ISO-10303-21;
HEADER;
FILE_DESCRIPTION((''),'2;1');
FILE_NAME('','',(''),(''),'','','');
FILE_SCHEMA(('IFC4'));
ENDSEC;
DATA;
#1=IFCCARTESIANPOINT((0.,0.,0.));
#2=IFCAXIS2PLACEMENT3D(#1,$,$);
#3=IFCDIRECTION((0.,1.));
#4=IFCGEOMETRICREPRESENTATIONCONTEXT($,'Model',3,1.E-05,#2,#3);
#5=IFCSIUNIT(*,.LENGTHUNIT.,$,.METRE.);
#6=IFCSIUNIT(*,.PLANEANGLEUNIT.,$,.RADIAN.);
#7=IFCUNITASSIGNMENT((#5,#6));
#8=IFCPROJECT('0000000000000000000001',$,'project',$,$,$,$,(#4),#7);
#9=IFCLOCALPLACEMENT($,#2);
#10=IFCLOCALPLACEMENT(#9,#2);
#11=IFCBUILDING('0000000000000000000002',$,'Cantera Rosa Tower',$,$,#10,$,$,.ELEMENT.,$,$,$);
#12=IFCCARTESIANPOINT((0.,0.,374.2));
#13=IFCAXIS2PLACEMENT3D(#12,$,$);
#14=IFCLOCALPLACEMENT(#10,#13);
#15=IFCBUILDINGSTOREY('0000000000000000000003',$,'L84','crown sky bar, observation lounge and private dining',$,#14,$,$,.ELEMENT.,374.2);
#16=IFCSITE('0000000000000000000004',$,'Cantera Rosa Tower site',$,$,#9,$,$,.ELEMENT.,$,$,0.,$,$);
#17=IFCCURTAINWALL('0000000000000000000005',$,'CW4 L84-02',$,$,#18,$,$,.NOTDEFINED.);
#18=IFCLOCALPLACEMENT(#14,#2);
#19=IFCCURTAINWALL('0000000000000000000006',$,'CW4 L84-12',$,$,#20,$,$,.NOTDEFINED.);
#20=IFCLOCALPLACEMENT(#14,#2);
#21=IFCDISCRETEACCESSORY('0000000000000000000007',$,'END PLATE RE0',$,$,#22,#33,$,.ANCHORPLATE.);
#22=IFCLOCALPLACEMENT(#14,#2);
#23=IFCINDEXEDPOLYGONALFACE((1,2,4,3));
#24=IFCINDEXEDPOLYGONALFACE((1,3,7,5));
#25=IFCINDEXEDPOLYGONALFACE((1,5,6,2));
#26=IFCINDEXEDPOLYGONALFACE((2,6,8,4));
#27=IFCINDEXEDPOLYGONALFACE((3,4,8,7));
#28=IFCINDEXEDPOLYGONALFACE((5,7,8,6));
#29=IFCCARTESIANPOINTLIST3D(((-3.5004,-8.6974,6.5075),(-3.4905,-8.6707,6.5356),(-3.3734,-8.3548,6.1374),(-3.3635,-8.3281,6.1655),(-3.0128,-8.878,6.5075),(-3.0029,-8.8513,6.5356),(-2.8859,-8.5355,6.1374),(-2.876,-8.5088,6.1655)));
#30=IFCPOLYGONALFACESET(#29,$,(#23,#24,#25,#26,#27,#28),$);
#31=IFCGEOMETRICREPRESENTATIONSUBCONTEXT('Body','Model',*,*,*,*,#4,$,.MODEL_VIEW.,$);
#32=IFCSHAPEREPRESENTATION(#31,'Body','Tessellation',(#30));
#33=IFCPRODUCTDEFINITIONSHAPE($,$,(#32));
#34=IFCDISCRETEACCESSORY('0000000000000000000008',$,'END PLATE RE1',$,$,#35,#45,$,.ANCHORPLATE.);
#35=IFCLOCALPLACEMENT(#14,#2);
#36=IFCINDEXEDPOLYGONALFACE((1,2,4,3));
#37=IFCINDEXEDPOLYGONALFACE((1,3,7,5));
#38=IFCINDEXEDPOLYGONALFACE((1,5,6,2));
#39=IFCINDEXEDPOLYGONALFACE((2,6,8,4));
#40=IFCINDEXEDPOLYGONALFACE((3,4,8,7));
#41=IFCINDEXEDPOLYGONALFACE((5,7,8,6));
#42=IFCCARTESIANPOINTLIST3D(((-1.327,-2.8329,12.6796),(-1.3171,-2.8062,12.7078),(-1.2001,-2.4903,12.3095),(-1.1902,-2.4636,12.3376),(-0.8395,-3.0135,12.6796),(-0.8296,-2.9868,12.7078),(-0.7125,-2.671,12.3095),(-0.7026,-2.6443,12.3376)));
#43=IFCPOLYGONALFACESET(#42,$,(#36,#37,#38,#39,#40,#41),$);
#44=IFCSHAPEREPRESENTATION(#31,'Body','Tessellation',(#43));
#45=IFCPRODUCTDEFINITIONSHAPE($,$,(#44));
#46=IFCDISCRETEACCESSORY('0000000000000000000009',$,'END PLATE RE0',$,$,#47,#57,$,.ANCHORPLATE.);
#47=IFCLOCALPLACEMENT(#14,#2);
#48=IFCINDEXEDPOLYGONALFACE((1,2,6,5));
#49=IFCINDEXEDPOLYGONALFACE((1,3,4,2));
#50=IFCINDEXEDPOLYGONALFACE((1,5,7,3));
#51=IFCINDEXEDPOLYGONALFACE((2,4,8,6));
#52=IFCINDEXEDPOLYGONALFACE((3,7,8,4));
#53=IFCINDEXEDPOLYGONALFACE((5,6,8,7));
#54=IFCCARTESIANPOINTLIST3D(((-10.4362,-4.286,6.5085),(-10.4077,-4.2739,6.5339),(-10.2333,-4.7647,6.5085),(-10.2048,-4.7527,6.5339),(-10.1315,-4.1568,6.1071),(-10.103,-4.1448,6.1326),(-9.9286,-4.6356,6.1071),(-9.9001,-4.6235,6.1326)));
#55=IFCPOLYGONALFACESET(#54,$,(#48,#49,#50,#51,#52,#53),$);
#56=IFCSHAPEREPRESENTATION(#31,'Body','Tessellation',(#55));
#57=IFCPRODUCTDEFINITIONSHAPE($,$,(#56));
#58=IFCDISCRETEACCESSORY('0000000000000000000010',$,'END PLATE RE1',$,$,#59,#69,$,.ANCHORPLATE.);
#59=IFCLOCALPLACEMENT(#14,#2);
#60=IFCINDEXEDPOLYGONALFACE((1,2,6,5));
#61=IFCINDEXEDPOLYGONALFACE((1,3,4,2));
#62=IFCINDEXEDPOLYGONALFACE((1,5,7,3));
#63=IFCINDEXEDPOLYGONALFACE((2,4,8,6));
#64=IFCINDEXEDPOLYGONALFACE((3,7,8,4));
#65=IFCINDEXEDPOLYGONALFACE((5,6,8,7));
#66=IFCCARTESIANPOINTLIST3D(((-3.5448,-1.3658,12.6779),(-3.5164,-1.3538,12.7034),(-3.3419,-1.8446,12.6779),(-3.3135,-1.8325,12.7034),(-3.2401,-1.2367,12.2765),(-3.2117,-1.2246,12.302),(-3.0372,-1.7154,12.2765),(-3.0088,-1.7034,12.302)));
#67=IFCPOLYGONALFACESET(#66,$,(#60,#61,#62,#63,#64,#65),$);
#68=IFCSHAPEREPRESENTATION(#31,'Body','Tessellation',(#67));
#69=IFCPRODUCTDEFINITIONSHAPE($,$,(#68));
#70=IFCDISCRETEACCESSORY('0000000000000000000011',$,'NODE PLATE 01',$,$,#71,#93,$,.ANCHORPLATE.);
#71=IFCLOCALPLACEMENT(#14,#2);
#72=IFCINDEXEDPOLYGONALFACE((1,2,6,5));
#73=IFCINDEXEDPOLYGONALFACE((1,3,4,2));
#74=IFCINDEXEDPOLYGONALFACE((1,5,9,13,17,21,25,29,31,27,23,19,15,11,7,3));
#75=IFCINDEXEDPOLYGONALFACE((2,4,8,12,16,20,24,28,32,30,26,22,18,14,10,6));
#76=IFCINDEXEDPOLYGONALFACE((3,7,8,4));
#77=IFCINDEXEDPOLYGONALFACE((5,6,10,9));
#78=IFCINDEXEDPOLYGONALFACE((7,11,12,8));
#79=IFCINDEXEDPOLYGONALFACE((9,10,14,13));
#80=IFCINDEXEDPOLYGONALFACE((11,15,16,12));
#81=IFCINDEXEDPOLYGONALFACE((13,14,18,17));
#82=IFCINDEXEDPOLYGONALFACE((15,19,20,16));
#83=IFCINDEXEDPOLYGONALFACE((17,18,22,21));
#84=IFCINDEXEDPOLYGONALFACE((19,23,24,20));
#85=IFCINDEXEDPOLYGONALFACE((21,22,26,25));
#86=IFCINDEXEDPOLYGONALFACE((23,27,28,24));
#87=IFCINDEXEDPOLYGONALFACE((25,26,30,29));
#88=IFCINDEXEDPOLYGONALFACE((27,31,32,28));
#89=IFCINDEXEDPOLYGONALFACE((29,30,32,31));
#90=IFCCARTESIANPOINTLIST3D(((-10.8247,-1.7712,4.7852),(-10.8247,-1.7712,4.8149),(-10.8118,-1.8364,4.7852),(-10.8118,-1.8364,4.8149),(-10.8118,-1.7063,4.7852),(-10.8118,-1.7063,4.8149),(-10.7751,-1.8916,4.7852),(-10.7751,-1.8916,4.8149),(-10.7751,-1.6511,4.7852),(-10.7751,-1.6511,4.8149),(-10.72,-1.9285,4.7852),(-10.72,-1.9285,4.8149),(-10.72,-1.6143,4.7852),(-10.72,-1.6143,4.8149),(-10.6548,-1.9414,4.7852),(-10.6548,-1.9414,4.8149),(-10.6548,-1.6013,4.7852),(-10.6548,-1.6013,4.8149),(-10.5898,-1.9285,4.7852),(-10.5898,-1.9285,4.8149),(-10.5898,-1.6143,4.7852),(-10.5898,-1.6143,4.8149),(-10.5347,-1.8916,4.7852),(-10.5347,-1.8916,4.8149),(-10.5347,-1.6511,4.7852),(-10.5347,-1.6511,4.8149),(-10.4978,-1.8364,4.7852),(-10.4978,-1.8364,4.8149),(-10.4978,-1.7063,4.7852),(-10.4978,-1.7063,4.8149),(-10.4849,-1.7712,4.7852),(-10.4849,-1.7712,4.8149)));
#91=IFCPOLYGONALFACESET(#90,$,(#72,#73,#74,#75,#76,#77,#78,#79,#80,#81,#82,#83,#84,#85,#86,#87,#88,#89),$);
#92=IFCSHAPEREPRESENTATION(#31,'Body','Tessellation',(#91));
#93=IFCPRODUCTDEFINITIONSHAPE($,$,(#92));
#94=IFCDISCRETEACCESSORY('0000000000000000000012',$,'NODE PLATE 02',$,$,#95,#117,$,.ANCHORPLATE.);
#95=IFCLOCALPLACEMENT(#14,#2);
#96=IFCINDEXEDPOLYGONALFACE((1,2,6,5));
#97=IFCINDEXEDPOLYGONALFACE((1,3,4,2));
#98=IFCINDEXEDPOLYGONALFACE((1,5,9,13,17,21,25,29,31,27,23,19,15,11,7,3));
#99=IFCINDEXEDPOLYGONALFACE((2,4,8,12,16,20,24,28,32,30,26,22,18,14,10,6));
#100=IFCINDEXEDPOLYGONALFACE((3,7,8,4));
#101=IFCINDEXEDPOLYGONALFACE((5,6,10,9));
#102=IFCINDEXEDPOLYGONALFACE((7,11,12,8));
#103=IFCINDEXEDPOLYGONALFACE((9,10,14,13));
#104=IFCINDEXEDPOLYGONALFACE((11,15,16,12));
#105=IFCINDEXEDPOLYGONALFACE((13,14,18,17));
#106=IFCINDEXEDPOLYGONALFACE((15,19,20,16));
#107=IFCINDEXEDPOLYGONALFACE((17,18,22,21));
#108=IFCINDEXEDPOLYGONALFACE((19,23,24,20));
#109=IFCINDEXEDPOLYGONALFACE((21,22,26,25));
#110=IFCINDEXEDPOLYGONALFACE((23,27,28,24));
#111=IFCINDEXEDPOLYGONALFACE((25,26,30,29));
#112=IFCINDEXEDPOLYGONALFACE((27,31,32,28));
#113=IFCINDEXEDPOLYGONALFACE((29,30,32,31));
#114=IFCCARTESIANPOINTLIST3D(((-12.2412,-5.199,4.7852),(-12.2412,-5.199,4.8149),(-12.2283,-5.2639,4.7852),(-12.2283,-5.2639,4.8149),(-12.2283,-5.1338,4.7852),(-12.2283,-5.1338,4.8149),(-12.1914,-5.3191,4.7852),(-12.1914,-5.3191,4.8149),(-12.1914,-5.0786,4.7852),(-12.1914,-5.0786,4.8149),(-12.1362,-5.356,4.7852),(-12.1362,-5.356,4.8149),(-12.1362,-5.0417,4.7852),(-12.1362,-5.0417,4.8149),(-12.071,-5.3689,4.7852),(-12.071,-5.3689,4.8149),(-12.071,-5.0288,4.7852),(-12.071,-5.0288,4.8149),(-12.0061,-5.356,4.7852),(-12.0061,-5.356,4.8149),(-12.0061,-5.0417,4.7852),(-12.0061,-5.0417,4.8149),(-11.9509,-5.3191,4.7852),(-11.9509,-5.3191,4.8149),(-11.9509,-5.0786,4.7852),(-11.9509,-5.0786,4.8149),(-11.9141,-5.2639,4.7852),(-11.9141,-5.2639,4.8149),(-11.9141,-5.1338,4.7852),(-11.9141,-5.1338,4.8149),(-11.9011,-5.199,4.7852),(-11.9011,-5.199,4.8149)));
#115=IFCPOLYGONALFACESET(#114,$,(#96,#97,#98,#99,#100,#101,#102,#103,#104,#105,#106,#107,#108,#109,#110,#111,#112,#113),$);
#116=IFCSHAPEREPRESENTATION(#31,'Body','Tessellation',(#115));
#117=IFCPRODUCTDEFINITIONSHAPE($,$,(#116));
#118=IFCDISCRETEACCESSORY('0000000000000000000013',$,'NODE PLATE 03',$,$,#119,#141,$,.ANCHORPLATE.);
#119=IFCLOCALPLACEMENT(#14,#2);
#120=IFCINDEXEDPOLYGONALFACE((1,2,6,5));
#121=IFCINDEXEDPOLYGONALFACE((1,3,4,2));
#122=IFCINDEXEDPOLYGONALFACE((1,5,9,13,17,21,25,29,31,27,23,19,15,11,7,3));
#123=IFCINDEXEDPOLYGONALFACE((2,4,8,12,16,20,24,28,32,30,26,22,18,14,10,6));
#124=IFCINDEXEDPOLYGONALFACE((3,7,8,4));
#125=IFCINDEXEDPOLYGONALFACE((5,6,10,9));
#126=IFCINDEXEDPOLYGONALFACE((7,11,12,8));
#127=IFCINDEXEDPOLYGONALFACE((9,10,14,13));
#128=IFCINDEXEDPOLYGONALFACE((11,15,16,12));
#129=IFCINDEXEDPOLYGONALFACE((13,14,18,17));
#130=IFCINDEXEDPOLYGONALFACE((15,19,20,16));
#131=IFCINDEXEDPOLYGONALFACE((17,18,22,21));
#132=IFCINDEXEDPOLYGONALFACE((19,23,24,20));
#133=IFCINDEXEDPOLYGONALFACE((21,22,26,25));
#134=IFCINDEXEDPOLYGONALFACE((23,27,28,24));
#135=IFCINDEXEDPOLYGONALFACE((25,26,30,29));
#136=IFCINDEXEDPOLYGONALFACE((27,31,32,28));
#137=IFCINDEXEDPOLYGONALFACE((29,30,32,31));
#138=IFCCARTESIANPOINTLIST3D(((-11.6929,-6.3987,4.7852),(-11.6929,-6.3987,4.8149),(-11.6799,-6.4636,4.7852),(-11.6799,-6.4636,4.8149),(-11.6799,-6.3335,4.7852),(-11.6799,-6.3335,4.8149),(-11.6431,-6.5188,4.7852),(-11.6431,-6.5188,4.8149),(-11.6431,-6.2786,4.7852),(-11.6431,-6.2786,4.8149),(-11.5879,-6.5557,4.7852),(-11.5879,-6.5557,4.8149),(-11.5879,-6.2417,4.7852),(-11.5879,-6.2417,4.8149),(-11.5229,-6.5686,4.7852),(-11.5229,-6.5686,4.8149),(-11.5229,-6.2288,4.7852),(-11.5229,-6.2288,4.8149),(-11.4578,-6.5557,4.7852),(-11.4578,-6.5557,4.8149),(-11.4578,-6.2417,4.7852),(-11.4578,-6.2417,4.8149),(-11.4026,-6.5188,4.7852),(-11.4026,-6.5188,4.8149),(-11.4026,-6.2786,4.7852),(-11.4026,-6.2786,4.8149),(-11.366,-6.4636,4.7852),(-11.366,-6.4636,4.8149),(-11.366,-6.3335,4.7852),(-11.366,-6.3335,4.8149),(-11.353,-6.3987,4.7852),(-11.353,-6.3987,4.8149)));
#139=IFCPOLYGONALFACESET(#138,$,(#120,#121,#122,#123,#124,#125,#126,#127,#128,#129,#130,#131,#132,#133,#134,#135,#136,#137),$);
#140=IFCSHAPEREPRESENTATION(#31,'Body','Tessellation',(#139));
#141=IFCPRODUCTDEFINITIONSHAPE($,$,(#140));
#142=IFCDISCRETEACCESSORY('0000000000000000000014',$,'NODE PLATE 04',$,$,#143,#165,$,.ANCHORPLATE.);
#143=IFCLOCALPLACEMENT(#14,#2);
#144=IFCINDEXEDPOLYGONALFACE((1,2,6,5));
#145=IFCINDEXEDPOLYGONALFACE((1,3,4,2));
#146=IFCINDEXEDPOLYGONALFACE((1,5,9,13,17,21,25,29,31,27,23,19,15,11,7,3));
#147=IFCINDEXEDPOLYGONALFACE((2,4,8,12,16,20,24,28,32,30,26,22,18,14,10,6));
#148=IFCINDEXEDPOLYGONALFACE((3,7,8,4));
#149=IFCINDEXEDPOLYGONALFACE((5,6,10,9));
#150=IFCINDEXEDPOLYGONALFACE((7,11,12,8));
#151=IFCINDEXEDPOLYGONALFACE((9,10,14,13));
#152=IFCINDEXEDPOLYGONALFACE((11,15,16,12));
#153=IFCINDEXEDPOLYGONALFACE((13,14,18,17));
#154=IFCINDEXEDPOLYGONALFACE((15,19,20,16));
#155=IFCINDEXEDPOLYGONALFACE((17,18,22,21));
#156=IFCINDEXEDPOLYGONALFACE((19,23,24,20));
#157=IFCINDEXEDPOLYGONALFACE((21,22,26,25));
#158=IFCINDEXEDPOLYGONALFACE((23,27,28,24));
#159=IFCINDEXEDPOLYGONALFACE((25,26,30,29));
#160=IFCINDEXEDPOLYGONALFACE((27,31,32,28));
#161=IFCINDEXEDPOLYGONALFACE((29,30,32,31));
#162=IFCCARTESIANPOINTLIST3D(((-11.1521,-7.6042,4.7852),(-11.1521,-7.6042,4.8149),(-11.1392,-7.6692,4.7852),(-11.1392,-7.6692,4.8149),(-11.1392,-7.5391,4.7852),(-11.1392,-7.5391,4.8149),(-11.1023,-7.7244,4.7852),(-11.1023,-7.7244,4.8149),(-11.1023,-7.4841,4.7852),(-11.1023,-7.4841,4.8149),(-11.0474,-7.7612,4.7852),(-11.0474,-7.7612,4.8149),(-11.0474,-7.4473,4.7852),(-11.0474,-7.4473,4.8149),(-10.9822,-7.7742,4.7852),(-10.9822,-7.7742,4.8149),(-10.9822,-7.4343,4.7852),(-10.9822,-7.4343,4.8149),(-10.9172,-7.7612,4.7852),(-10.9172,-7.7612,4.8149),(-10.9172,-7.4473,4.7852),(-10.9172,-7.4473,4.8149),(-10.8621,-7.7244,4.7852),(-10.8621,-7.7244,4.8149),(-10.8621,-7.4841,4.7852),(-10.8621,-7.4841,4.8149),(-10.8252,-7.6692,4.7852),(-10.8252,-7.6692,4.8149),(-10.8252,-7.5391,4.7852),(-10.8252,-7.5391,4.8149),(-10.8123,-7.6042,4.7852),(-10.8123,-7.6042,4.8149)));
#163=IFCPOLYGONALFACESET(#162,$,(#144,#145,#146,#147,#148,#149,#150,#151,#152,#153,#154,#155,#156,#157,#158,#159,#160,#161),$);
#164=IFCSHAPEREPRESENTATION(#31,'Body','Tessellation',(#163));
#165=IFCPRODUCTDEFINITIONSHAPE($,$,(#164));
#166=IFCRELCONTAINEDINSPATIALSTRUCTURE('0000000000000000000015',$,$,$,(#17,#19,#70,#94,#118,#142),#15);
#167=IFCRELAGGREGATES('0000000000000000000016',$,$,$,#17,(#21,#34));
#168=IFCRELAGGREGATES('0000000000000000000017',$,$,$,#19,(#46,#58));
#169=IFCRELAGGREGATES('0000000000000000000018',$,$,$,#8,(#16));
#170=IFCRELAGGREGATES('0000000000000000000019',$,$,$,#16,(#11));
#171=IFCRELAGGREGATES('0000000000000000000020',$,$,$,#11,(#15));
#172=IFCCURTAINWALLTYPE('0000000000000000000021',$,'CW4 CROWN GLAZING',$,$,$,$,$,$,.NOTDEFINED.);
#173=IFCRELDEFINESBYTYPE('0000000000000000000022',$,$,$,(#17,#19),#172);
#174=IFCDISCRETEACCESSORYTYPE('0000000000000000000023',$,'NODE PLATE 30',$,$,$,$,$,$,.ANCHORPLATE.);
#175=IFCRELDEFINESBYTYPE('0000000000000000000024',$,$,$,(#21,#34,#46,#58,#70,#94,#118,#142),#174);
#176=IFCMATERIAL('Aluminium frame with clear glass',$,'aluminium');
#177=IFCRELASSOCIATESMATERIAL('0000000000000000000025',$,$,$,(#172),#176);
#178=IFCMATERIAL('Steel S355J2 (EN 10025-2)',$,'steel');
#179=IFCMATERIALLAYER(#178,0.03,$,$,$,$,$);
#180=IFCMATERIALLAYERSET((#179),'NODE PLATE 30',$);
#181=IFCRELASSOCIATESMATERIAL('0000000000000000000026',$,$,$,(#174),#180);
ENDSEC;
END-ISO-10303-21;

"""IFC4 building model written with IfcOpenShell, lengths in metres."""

from ifc_helpers import new_model, si_unit, direction, frame, origin, place, context, subcontext, project, spatial, polyline, outline, extrude, material, layer, layer_set, type_object, element, aggregate, save


model = new_model("IFC4")

# Units and contexts
model_context = context("Model", 3, precision=1e-05, world=origin(), true_north=direction((0.0, 1.0)))
body_context = subcontext(model_context, "Body", "Model", "MODEL_VIEW")
ifc_project = project(units=[si_unit("LENGTHUNIT", "METRE"), si_unit("PLANEANGLEUNIT", "RADIAN")], contexts=[model_context])

# Site, building, storey
site_placement = place(None, origin())
site = spatial("IfcSite", under=ifc_project, at=site_placement, Name="Cantera Rosa Tower site", CompositionType="ELEMENT", RefElevation=0.0)
building_placement = place(site_placement, origin())
building = spatial("IfcBuilding", under=site, at=building_placement, Name="Cantera Rosa Tower", CompositionType="ELEMENT")
storey_placement = place(building_placement, frame((0.0, 0.0, 374.2)))
storey = spatial("IfcBuildingStorey", under=building, at=storey_placement, Name="L84", Description="crown sky bar, observation lounge and private dining", CompositionType="ELEMENT", Elevation=374.2)

# Curtain walls
ifc_material_1 = material(Name="Aluminium frame with clear glass", Category="aluminium")
curtain_wall_type = type_object("IfcCurtainWallType", Name="CW4 CROWN GLAZING", PredefinedType="NOTDEFINED", material=ifc_material_1)
curtain_wall_1_placement = place(storey_placement, origin())
curtain_wall_1 = element("IfcCurtainWall", 1, at=curtain_wall_1_placement, inside=storey, type_object=curtain_wall_type, Name="CW4 L84-02", PredefinedType="NOTDEFINED")
curtain_wall_2_placement = place(storey_placement, origin())
curtain_wall_2 = element("IfcCurtainWall", 2, at=curtain_wall_2_placement, inside=storey, type_object=curtain_wall_type, Name="CW4 L84-12", PredefinedType="NOTDEFINED")

# Discrete accessories
ifc_material_2 = material(Name="Steel S355J2 (EN 10025-2)", Category="steel")
ifc_layer_1 = layer(ifc_material_2, 0.03)
ifc_layer_set_1 = layer_set([ifc_layer_1], Name="NODE PLATE 30")
discrete_accessory_type = type_object("IfcDiscreteAccessoryType", Name="NODE PLATE 30", PredefinedType="ANCHORPLATE", material=ifc_layer_set_1)
discrete_accessory_1_placement = place(storey_placement, frame((-3.0029, -8.8513, 6.5356), z_axis=(0.247301, 0.667378, 0.702459), x_axis=(-0.937692, 0.347467, 0.0)))
discrete_accessory_1 = element("IfcDiscreteAccessory", 3, at=discrete_accessory_1_placement, type_object=discrete_accessory_type, Name="END PLATE RE0", PredefinedType="ANCHORPLATE", context=body_context, shape_type="SweptSolid", body=[
    extrude(outline(polyline([(0.0, 0.0), (0.5199, 0.0), (0.5199, -0.52), (0.0, -0.52), (0.0, 0.0)])), origin(), (0.0, 0.0, -1.0), 0.04),
])
discrete_accessory_2_placement = place(storey_placement, frame((-1.3171, -2.8062, 12.7078), z_axis=(0.247301, 0.667378, 0.702459), x_axis=(0.937692, -0.347467, 0.0)))
discrete_accessory_2 = element("IfcDiscreteAccessory", 4, at=discrete_accessory_2_placement, type_object=discrete_accessory_type, Name="END PLATE RE1", PredefinedType="ANCHORPLATE", context=body_context, shape_type="SweptSolid", body=[
    extrude(outline(polyline([(0.0, 0.0), (0.5199, 0.0), (0.52, 0.52), (0.0, 0.52), (0.0, 0.0)])), origin(), (0.0, 0.0, -1.0), 0.04),
])
aggregate(curtain_wall_1, [discrete_accessory_1, discrete_accessory_2])
discrete_accessory_3_placement = place(storey_placement, frame((-10.2048, -4.7527, 6.5339), z_axis=(0.710407, 0.301044, 0.636156), x_axis=(-0.390176, 0.92074, 0.0)))
discrete_accessory_3 = element("IfcDiscreteAccessory", 5, at=discrete_accessory_3_placement, type_object=discrete_accessory_type, Name="END PLATE RE0", PredefinedType="ANCHORPLATE", context=body_context, shape_type="SweptSolid", body=[
    extrude(outline(polyline([(0.0, 0.0), (0.52, 0.0), (0.52, -0.5202), (0.0, -0.5202), (0.0, 0.0)])), origin(), (0.0, 0.0, -1.0), 0.04),
])
discrete_accessory_4_placement = place(storey_placement, frame((-3.5164, -1.3538, 12.7034), z_axis=(0.710407, 0.301044, 0.636156), x_axis=(0.390176, -0.92074, 0.0)))
discrete_accessory_4 = element("IfcDiscreteAccessory", 6, at=discrete_accessory_4_placement, type_object=discrete_accessory_type, Name="END PLATE RE1", PredefinedType="ANCHORPLATE", context=body_context, shape_type="SweptSolid", body=[
    extrude(outline(polyline([(0.0, 0.0), (0.52, 0.0), (0.5199, 0.5202), (0.0, 0.5202), (0.0, 0.0)])), origin(), (0.0, 0.0, -1.0), 0.04),
])
aggregate(curtain_wall_2, [discrete_accessory_3, discrete_accessory_4])

# Discrete accessories
discrete_accessory_5_placement = place(storey_placement, frame((0.0, 0.0, 4.7852)))
element("IfcDiscreteAccessory", 7, at=discrete_accessory_5_placement, inside=storey, type_object=discrete_accessory_type, Name="NODE PLATE 01", PredefinedType="ANCHORPLATE", context=body_context, shape_type="SweptSolid", body=[
    extrude(outline(polyline([(-10.4849, -1.7712), (-10.4978, -1.7063), (-10.5347, -1.6511), (-10.5898, -1.6143), (-10.6548, -1.6013), (-10.72, -1.6143), (-10.7751, -1.6511), (-10.8118, -1.7063), (-10.8247, -1.7712), (-10.8118, -1.8364), (-10.7751, -1.8916), (-10.72, -1.9285), (-10.6548, -1.9414), (-10.5898, -1.9285), (-10.5347, -1.8916), (-10.4978, -1.8364), (-10.4849, -1.7712)])), origin(), (0.0, 0.0, 1.0), 0.0298),
])
discrete_accessory_6_placement = place(storey_placement, frame((0.0, 0.0, 4.7852)))
element("IfcDiscreteAccessory", 8, at=discrete_accessory_6_placement, inside=storey, type_object=discrete_accessory_type, Name="NODE PLATE 02", PredefinedType="ANCHORPLATE", context=body_context, shape_type="SweptSolid", body=[
    extrude(outline(polyline([(-11.9011, -5.199), (-11.9141, -5.1338), (-11.9509, -5.0786), (-12.0061, -5.0417), (-12.071, -5.0288), (-12.1362, -5.0417), (-12.1914, -5.0786), (-12.2283, -5.1338), (-12.2412, -5.199), (-12.2283, -5.2639), (-12.1914, -5.3191), (-12.1362, -5.356), (-12.071, -5.3689), (-12.0061, -5.356), (-11.9509, -5.3191), (-11.9141, -5.2639), (-11.9011, -5.199)])), origin(), (0.0, 0.0, 1.0), 0.0298),
])
discrete_accessory_7_placement = place(storey_placement, frame((0.0, 0.0, 4.7852)))
element("IfcDiscreteAccessory", 9, at=discrete_accessory_7_placement, inside=storey, type_object=discrete_accessory_type, Name="NODE PLATE 03", PredefinedType="ANCHORPLATE", context=body_context, shape_type="SweptSolid", body=[
    extrude(outline(polyline([(-11.353, -6.3987), (-11.366, -6.3335), (-11.4026, -6.2786), (-11.4578, -6.2417), (-11.5229, -6.2288), (-11.5879, -6.2417), (-11.6431, -6.2786), (-11.6799, -6.3335), (-11.6929, -6.3987), (-11.6799, -6.4636), (-11.6431, -6.5188), (-11.5879, -6.5557), (-11.5229, -6.5686), (-11.4578, -6.5557), (-11.4026, -6.5188), (-11.366, -6.4636), (-11.353, -6.3987)])), origin(), (0.0, 0.0, 1.0), 0.0298),
])
discrete_accessory_8_placement = place(storey_placement, frame((0.0, 0.0, 4.7852)))
element("IfcDiscreteAccessory", 10, at=discrete_accessory_8_placement, inside=storey, type_object=discrete_accessory_type, Name="NODE PLATE 04", PredefinedType="ANCHORPLATE", context=body_context, shape_type="SweptSolid", body=[
    extrude(outline(polyline([(-10.8123, -7.6042), (-10.8252, -7.5391), (-10.8621, -7.4841), (-10.9172, -7.4473), (-10.9822, -7.4343), (-11.0474, -7.4473), (-11.1023, -7.4841), (-11.1392, -7.5391), (-11.1521, -7.6042), (-11.1392, -7.6692), (-11.1023, -7.7244), (-11.0474, -7.7612), (-10.9822, -7.7742), (-10.9172, -7.7612), (-10.8621, -7.7244), (-10.8252, -7.6692), (-10.8123, -7.6042)])), origin(), (0.0, 0.0, 1.0), 0.0298),
])

save(model, "model.ifc")
